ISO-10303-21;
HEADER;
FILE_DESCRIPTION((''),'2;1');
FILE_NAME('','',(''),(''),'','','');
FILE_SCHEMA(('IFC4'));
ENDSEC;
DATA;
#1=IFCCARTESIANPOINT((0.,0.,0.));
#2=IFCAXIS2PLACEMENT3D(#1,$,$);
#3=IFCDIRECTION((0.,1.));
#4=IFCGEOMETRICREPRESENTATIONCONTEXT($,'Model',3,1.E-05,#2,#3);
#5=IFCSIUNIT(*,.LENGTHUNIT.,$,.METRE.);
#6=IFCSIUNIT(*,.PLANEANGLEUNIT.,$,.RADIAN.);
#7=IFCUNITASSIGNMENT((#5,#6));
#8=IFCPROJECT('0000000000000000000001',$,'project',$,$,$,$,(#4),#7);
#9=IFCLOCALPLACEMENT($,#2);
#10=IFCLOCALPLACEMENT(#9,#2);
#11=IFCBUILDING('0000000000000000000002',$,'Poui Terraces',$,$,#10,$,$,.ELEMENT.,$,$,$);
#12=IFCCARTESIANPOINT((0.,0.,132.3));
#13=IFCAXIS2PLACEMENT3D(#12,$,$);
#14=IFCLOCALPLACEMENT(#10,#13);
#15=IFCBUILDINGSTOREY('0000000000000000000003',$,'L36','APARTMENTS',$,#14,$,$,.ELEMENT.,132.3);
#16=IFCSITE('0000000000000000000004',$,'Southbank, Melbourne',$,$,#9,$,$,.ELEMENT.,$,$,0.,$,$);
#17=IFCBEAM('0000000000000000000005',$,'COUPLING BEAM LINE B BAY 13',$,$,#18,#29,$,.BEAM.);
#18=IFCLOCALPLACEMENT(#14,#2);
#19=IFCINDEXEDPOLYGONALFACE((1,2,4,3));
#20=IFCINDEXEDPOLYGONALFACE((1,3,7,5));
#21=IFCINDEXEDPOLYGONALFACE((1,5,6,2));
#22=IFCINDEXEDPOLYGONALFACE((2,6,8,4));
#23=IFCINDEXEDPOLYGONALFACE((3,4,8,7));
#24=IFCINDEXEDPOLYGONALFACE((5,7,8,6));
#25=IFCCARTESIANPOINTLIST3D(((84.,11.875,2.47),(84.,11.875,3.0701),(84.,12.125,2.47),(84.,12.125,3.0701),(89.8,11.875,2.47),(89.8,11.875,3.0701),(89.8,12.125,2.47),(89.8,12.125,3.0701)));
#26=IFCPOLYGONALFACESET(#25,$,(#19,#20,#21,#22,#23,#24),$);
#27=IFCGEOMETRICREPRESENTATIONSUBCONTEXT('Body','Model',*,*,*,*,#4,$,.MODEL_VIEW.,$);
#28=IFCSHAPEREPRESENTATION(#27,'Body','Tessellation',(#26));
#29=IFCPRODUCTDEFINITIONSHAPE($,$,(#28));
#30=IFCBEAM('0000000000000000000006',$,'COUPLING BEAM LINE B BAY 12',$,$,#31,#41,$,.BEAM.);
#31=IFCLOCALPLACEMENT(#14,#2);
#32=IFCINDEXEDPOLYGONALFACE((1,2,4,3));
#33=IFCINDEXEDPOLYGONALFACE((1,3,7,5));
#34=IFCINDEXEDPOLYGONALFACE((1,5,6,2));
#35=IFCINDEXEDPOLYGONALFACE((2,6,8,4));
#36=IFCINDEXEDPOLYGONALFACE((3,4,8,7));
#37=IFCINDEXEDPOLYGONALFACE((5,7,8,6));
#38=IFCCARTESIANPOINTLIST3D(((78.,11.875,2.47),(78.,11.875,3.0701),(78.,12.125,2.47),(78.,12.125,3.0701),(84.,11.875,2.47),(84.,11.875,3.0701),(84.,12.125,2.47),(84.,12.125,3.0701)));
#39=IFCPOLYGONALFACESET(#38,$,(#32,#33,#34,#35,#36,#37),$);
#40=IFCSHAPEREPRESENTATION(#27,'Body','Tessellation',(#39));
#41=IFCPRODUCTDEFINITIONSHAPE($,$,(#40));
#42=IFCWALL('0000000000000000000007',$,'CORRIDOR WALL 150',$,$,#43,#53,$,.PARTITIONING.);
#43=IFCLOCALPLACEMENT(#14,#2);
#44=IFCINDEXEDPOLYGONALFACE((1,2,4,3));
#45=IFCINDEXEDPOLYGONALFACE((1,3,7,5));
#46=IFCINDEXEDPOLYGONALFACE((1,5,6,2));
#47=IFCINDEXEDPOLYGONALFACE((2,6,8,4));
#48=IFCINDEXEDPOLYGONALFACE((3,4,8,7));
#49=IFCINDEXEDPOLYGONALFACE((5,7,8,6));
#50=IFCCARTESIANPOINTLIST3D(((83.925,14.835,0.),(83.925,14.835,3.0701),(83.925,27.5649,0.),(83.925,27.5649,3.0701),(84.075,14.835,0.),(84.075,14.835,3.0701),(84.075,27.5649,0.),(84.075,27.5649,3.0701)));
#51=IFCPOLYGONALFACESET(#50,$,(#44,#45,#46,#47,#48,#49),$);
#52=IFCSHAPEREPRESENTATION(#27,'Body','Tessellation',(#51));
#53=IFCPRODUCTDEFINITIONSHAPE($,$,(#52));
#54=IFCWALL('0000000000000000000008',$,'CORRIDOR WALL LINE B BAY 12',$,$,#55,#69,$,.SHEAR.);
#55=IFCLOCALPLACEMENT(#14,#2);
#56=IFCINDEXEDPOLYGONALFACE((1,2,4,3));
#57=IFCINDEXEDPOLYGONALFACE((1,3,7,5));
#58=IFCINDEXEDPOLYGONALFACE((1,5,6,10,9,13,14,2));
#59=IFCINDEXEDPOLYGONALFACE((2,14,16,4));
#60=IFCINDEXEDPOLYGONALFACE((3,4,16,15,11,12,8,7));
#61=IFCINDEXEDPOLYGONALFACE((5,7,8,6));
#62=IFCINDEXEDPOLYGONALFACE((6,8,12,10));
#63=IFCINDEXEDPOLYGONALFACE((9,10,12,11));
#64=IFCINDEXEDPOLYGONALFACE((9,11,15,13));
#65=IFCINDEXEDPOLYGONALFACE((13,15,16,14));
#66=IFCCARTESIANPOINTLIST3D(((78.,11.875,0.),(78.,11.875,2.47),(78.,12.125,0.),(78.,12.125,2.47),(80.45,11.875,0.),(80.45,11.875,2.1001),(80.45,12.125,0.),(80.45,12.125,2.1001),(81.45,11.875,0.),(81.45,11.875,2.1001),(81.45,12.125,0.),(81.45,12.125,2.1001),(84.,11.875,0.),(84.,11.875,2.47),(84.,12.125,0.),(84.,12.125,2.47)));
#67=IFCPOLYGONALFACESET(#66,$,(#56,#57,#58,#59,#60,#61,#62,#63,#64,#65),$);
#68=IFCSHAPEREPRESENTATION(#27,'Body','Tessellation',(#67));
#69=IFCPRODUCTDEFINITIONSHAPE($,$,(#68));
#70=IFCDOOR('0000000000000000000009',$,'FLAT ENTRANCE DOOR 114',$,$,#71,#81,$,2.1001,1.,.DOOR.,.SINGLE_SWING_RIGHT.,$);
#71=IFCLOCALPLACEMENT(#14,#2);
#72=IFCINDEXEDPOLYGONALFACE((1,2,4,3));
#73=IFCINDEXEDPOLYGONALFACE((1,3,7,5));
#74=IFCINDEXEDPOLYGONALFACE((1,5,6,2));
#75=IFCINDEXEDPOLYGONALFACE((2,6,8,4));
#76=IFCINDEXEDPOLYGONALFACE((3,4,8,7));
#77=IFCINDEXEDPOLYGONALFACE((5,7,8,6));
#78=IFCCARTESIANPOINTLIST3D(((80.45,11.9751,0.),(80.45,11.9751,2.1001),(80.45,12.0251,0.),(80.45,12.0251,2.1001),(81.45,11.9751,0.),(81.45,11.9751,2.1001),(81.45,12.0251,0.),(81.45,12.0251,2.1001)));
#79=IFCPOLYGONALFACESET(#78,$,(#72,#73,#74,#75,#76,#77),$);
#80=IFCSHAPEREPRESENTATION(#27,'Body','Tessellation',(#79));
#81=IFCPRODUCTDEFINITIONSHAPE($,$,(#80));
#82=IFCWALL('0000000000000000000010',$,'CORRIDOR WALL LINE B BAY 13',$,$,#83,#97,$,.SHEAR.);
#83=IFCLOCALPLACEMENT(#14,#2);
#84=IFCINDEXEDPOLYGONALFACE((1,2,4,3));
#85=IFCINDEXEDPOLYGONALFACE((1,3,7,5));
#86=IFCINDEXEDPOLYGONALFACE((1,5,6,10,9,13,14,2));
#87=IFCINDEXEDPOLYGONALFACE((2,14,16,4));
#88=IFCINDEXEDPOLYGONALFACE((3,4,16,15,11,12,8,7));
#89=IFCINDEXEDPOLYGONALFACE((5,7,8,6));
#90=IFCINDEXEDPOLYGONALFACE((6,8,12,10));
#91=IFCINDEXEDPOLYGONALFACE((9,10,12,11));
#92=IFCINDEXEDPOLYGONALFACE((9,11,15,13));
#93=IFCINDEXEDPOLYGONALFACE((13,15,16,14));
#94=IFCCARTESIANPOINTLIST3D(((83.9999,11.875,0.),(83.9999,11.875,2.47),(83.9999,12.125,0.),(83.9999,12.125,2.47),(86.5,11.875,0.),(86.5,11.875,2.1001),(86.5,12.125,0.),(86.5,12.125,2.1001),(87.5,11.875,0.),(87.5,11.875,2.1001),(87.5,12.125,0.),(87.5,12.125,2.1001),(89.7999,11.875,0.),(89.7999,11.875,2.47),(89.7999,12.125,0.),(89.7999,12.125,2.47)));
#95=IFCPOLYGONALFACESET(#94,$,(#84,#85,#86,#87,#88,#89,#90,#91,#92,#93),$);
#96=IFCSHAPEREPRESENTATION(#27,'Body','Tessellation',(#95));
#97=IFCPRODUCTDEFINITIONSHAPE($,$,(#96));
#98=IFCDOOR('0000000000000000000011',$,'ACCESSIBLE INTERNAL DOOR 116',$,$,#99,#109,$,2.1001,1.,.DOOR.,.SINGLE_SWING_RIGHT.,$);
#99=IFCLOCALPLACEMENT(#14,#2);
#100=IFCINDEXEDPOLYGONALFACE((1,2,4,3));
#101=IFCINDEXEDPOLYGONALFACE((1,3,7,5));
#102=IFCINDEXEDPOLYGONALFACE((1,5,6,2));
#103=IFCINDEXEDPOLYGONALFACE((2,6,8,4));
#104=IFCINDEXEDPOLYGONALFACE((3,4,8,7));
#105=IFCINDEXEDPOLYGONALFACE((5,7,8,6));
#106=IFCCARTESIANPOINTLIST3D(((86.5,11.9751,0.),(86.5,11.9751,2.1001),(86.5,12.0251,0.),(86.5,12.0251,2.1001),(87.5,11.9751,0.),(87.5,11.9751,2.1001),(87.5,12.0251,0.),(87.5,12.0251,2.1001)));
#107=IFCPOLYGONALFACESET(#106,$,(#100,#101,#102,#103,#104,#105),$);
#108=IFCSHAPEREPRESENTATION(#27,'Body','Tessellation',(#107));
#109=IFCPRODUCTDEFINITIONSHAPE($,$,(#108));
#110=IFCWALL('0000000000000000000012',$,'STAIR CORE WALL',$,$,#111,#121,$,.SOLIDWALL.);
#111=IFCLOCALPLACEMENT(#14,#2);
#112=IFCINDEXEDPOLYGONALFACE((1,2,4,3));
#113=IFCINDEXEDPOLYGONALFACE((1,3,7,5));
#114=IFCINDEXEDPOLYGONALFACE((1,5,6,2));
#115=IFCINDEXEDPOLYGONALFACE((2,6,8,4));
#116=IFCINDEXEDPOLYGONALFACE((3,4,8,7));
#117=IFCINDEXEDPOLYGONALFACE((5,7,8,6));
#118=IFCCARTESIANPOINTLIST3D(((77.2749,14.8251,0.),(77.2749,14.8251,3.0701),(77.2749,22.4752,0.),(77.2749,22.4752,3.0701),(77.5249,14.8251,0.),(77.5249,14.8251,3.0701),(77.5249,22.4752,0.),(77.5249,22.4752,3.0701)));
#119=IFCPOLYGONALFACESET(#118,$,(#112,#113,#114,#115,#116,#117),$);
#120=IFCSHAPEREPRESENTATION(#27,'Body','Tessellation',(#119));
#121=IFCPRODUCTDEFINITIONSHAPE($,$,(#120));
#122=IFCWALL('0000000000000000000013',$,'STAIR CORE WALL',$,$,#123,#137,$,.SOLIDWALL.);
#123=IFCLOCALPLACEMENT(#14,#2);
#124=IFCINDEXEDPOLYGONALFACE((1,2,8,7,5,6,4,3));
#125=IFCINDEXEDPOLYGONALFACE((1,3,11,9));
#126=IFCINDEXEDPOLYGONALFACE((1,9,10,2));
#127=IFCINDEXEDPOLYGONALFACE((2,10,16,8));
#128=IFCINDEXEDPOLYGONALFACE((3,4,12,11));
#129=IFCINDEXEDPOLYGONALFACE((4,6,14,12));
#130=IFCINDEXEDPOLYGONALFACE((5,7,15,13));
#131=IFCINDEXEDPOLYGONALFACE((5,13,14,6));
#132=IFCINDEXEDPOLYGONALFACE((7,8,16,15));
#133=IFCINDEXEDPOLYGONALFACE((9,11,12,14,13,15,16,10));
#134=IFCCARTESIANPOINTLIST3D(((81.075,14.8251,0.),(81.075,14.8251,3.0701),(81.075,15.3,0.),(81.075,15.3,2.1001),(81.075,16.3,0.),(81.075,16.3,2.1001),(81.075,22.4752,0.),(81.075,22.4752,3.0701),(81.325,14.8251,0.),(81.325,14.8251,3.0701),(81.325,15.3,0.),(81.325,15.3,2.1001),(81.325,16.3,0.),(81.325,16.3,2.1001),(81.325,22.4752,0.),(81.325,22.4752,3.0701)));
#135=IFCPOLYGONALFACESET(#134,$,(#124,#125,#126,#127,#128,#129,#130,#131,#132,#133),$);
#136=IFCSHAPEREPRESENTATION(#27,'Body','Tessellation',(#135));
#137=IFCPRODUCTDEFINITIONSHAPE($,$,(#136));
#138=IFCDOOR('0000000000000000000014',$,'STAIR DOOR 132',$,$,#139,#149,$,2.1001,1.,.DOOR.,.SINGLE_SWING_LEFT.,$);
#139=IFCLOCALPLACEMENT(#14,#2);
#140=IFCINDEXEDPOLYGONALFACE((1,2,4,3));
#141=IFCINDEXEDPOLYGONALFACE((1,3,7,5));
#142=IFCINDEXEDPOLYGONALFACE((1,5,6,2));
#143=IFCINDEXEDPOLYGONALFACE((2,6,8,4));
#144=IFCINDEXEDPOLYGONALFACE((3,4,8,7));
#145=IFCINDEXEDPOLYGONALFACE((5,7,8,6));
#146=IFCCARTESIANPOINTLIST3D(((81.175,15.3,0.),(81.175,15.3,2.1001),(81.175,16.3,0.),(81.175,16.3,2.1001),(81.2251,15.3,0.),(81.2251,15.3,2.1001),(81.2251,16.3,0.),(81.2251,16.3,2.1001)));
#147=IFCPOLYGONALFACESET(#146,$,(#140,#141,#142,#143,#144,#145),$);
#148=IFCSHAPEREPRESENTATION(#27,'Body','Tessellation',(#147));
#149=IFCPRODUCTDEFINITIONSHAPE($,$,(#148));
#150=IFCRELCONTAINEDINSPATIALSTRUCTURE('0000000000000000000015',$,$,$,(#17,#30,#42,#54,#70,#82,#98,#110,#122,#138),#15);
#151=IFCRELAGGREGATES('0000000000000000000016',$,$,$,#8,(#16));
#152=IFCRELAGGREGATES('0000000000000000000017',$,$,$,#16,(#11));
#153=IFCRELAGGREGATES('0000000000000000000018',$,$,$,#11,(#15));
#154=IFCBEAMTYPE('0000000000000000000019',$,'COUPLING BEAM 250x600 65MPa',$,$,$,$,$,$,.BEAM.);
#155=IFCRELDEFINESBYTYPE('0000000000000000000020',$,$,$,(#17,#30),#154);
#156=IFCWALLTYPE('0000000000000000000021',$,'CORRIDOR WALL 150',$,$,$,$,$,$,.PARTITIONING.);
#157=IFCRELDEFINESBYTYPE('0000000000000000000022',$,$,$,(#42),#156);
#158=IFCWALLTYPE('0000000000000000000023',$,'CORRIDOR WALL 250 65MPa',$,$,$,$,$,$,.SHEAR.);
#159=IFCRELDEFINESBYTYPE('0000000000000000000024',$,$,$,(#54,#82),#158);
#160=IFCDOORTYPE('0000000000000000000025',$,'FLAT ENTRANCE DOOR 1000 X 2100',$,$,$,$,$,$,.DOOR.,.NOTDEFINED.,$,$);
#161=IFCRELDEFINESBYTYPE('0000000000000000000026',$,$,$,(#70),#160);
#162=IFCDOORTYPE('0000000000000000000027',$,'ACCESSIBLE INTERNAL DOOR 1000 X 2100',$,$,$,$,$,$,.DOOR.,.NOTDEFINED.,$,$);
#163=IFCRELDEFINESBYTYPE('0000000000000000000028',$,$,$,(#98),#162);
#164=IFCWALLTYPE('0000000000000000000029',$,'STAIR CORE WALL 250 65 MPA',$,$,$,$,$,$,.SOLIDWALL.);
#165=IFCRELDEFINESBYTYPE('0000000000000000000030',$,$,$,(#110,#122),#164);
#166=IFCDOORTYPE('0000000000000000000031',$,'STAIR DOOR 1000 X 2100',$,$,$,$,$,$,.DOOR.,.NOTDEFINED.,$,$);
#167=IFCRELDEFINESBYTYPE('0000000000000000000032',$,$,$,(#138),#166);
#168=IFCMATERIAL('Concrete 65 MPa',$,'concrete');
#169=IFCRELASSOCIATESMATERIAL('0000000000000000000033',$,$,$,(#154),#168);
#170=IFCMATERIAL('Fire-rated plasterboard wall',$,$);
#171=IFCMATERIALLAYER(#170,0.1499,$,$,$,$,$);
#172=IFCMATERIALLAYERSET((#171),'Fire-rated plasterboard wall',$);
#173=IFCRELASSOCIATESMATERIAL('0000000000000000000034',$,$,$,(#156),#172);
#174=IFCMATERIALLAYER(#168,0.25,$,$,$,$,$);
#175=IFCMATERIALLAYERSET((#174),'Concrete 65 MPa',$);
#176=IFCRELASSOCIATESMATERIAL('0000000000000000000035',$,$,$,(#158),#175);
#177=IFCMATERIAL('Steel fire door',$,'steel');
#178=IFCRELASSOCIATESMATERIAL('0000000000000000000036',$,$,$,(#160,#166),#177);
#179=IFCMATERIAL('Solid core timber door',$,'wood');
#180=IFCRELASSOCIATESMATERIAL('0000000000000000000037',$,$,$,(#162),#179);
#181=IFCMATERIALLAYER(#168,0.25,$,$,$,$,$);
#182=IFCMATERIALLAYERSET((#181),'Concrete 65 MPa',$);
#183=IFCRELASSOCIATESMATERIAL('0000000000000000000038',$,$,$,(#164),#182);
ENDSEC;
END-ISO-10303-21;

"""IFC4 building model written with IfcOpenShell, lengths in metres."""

from ifc_helpers import new_model, si_unit, direction, frame, frame_2d, origin, origin_2d, place, context, subcontext, project, spatial, rectangle, extrude, source, transform, mapped, material, layer, layer_set, material_profile, profile_set, type_object, element, fill, save


model = new_model("IFC4")

# Units and contexts
model_context = context("Model", 3, precision=1e-05, world=origin(), true_north=direction((0.0, 1.0)))
body_context = subcontext(model_context, "Body", "Model", "MODEL_VIEW")
ifc_project = project(units=[si_unit("LENGTHUNIT", "METRE"), si_unit("PLANEANGLEUNIT", "RADIAN")], contexts=[model_context])

# Site, building, storey
site_placement = place(None, origin())
site = spatial("IfcSite", under=ifc_project, at=site_placement, Name="Southbank, Melbourne", CompositionType="ELEMENT", RefElevation=0.0)
building_placement = place(site_placement, origin())
building = spatial("IfcBuilding", under=site, at=building_placement, Name="Poui Terraces", CompositionType="ELEMENT")
storey_placement = place(building_placement, frame((0.0, 0.0, 132.3)))
storey = spatial("IfcBuildingStorey", under=building, at=storey_placement, Name="L36", Description="APARTMENTS", CompositionType="ELEMENT", Elevation=132.3)

# Beams
ifc_material_1 = material(Name="Concrete 65 MPa", Category="concrete")
ifc_material_profile = material_profile(ifc_material_1, rectangle(XDim=0.25, YDim=0.6001, at=origin_2d()), Name="RC 250x600")
ifc_profile_set = profile_set([ifc_material_profile], Name="Concrete 65 MPa")
beam_type = type_object("IfcBeamType", Name="COUPLING BEAM 250x600 65MPa", PredefinedType="BEAM", material=ifc_profile_set)
shared_shape_1 = source(origin(), body_context, "Body", "SweptSolid", [
    extrude(rectangle(XDim=0.25, YDim=0.6001, at=origin_2d()), origin(), (0.0, 0.0, 1.0), 5.8),
])
beam_1_placement = place(storey_placement, frame((84.0, 12.0, 2.77), z_axis=(1.0, 0.0, 0.0), x_axis=(0.0, 1.0, 0.0)))
element("IfcBeam", 1, at=beam_1_placement, inside=storey, type_object=beam_type, Name="COUPLING BEAM LINE B BAY 13", PredefinedType="BEAM", context=body_context, shape_type="MappedRepresentation", body=[
    mapped(shared_shape_1, transform((0.0, 0.0, 0.0))),
])
shared_shape_2 = source(origin(), body_context, "Body", "SweptSolid", [
    extrude(rectangle(XDim=0.25, YDim=0.6001, at=origin_2d()), origin(), (0.0, 0.0, 1.0), 6.0),
])
beam_2_placement = place(storey_placement, frame((78.0, 12.0, 2.77), z_axis=(1.0, 0.0, 0.0), x_axis=(0.0, 1.0, 0.0)))
element("IfcBeam", 2, at=beam_2_placement, inside=storey, type_object=beam_type, Name="COUPLING BEAM LINE B BAY 12", PredefinedType="BEAM", context=body_context, shape_type="MappedRepresentation", body=[
    mapped(shared_shape_2, transform((0.0, 0.0, 0.0))),
])

# Wall
ifc_material_2 = material(Name="Fire-rated plasterboard wall")
ifc_layer_1 = layer(ifc_material_2, 0.1499)
ifc_layer_set_1 = layer_set([ifc_layer_1], Name="Fire-rated plasterboard wall")
wall_type_1 = type_object("IfcWallType", Name="CORRIDOR WALL 150", PredefinedType="PARTITIONING", material=ifc_layer_set_1)
wall_1_placement = place(storey_placement, frame((84.0, 14.835, 0.0), z_axis=(0.0, 0.0, 1.0), x_axis=(0.0, 1.0, 0.0)))
element("IfcWall", 3, at=wall_1_placement, inside=storey, type_object=wall_type_1, Name="CORRIDOR WALL 150", PredefinedType="PARTITIONING", context=body_context, shape_type="SweptSolid", body=[
    extrude(rectangle(XDim=12.73, YDim=0.1499, at=frame_2d((6.365, 0.0))), origin(), (0.0, 0.0, 1.0), 3.0701),
])

# Walls, openings, doors
ifc_layer_2 = layer(ifc_material_1, 0.25)
ifc_layer_set_2 = layer_set([ifc_layer_2], Name="Concrete 65 MPa")
wall_type_2 = type_object("IfcWallType", Name="CORRIDOR WALL 250 65MPa", PredefinedType="SHEAR", material=ifc_layer_set_2)
wall_2_placement = place(storey_placement, frame((78.0, 12.0, 0.0), z_axis=(0.0, 0.0, 1.0), x_axis=(1.0, 0.0, 0.0)))
wall_2 = element("IfcWall", 4, at=wall_2_placement, inside=storey, type_object=wall_type_2, Name="CORRIDOR WALL LINE B BAY 12", PredefinedType="SHEAR", context=body_context, shape_type="SweptSolid", body=[
    extrude(rectangle(XDim=6.0, YDim=0.25, at=frame_2d((3.0, 0.0))), origin(), (0.0, 0.0, 1.0), 2.47),
])
opening_1_placement = place(wall_2_placement, frame((2.45, 0.0, 0.0)))
opening_1 = element("IfcOpeningElement", 5, at=opening_1_placement, cuts=wall_2, PredefinedType="OPENING", context=body_context, shape_type="SweptSolid", body=[
    extrude(rectangle(XDim=1.0, YDim=2.1001, at=frame_2d((0.5, 1.05))), frame((0.0, 0.135, 0.0), z_axis=(0.0, -1.0, 0.0), x_axis=(1.0, 0.0, 0.0)), (0.0, 0.0, 1.0), 0.27),
])
ifc_material_3 = material(Name="Steel fire door", Category="steel")
door_type_1 = type_object("IfcDoorType", Name="FLAT ENTRANCE DOOR 1000 X 2100", OperationType="NOTDEFINED", PredefinedType="DOOR", material=ifc_material_3)
door_1_placement = place(opening_1_placement, frame((1.0, 0.0, 0.0), z_axis=(0.0, 0.0, 1.0), x_axis=(-1.0, 0.0, 0.0)))
door_1 = element("IfcDoor", 6, at=door_1_placement, inside=storey, type_object=door_type_1, Name="FLAT ENTRANCE DOOR 114", OperationType="SINGLE_SWING_RIGHT", OverallHeight=2.1001, OverallWidth=1.0, PredefinedType="DOOR", context=body_context, shape_type="SweptSolid", body=[
    extrude(rectangle(XDim=1.0, YDim=2.1001, at=frame_2d((0.5, 1.05))), frame((0.0, 0.0249, 0.0), z_axis=(0.0, -1.0, 0.0), x_axis=(1.0, 0.0, 0.0)), (0.0, 0.0, 1.0), 0.05),
])
fill(opening_1, door_1)
wall_3_placement = place(storey_placement, frame((84.0, 12.0, 0.0), z_axis=(0.0, 0.0, 1.0), x_axis=(1.0, 0.0, 0.0)))
wall_3 = element("IfcWall", 7, at=wall_3_placement, inside=storey, type_object=wall_type_2, Name="CORRIDOR WALL LINE B BAY 13", PredefinedType="SHEAR", context=body_context, shape_type="SweptSolid", body=[
    extrude(rectangle(XDim=5.8, YDim=0.25, at=frame_2d((2.8999, 0.0))), origin(), (0.0, 0.0, 1.0), 2.47),
])
opening_2_placement = place(wall_3_placement, frame((2.5, 0.0, 0.0)))
opening_2 = element("IfcOpeningElement", 8, at=opening_2_placement, cuts=wall_3, PredefinedType="OPENING", context=body_context, shape_type="SweptSolid", body=[
    extrude(rectangle(XDim=1.0, YDim=2.1001, at=frame_2d((0.5, 1.05))), frame((0.0, 0.135, 0.0), z_axis=(0.0, -1.0, 0.0), x_axis=(1.0, 0.0, 0.0)), (0.0, 0.0, 1.0), 0.27),
])
ifc_material_4 = material(Name="Solid core timber door", Category="wood")
door_type_2 = type_object("IfcDoorType", Name="ACCESSIBLE INTERNAL DOOR 1000 X 2100", OperationType="NOTDEFINED", PredefinedType="DOOR", material=ifc_material_4)
door_2_placement = place(opening_2_placement, frame((1.0, 0.0, 0.0), z_axis=(0.0, 0.0, 1.0), x_axis=(-1.0, 0.0, 0.0)))
door_2 = element("IfcDoor", 9, at=door_2_placement, inside=storey, type_object=door_type_2, Name="ACCESSIBLE INTERNAL DOOR 116", OperationType="SINGLE_SWING_RIGHT", OverallHeight=2.1001, OverallWidth=1.0, PredefinedType="DOOR", context=body_context, shape_type="SweptSolid", body=[
    extrude(rectangle(XDim=1.0, YDim=2.1001, at=frame_2d((0.5, 1.05))), frame((0.0, 0.0249, 0.0), z_axis=(0.0, -1.0, 0.0), x_axis=(1.0, 0.0, 0.0)), (0.0, 0.0, 1.0), 0.05),
])
fill(opening_2, door_2)

# Wall
ifc_layer_3 = layer(ifc_material_1, 0.25)
ifc_layer_set_3 = layer_set([ifc_layer_3], Name="Concrete 65 MPa")
wall_type_3 = type_object("IfcWallType", Name="STAIR CORE WALL 250 65 MPA", PredefinedType="SOLIDWALL", material=ifc_layer_set_3)
wall_4_placement = place(storey_placement, frame((77.3999, 14.825, 0.0), z_axis=(0.0, 0.0, 1.0), x_axis=(0.0, 1.0, 0.0)))
element("IfcWall", 10, at=wall_4_placement, inside=storey, type_object=wall_type_3, Name="STAIR CORE WALL", PredefinedType="SOLIDWALL", context=body_context, shape_type="SweptSolid", body=[
    extrude(rectangle(XDim=7.6501, YDim=0.25, at=frame_2d((3.8252, 0.0))), origin(), (0.0, 0.0, 1.0), 3.0701),
])

# Wall, opening, door
wall_5_placement = place(storey_placement, frame((81.2, 14.825, 0.0), z_axis=(0.0, 0.0, 1.0), x_axis=(0.0, 1.0, 0.0)))
wall_5 = element("IfcWall", 11, at=wall_5_placement, inside=storey, type_object=wall_type_3, Name="STAIR CORE WALL", PredefinedType="SOLIDWALL", context=body_context, shape_type="SweptSolid", body=[
    extrude(rectangle(XDim=7.6501, YDim=0.25, at=frame_2d((3.8252, 0.0))), origin(), (0.0, 0.0, 1.0), 3.0701),
])
opening_3_placement = place(wall_5_placement, frame((0.4751, 0.0, 0.0)))
opening_3 = element("IfcOpeningElement", 12, at=opening_3_placement, cuts=wall_5, PredefinedType="OPENING", context=body_context, shape_type="SweptSolid", body=[
    extrude(rectangle(XDim=1.0, YDim=2.1001, at=frame_2d((0.5, 1.05))), frame((0.0, 0.135, 0.0), z_axis=(0.0, -1.0, 0.0), x_axis=(1.0, 0.0, 0.0)), (0.0, 0.0, 1.0), 0.27),
])
door_type_3 = type_object("IfcDoorType", Name="STAIR DOOR 1000 X 2100", OperationType="NOTDEFINED", PredefinedType="DOOR", material=ifc_material_3)
door_3_placement = place(opening_3_placement, origin())
door_3 = element("IfcDoor", 13, at=door_3_placement, inside=storey, type_object=door_type_3, Name="STAIR DOOR 132", OperationType="SINGLE_SWING_LEFT", OverallHeight=2.1001, OverallWidth=1.0, PredefinedType="DOOR", context=body_context, shape_type="SweptSolid", body=[
    extrude(rectangle(XDim=1.0, YDim=2.1001, at=frame_2d((0.5, 1.05))), frame((0.0, 0.0249, 0.0), z_axis=(0.0, -1.0, 0.0), x_axis=(1.0, 0.0, 0.0)), (0.0, 0.0, 1.0), 0.05),
])
fill(opening_3, door_3)

save(model, "model.ifc")
